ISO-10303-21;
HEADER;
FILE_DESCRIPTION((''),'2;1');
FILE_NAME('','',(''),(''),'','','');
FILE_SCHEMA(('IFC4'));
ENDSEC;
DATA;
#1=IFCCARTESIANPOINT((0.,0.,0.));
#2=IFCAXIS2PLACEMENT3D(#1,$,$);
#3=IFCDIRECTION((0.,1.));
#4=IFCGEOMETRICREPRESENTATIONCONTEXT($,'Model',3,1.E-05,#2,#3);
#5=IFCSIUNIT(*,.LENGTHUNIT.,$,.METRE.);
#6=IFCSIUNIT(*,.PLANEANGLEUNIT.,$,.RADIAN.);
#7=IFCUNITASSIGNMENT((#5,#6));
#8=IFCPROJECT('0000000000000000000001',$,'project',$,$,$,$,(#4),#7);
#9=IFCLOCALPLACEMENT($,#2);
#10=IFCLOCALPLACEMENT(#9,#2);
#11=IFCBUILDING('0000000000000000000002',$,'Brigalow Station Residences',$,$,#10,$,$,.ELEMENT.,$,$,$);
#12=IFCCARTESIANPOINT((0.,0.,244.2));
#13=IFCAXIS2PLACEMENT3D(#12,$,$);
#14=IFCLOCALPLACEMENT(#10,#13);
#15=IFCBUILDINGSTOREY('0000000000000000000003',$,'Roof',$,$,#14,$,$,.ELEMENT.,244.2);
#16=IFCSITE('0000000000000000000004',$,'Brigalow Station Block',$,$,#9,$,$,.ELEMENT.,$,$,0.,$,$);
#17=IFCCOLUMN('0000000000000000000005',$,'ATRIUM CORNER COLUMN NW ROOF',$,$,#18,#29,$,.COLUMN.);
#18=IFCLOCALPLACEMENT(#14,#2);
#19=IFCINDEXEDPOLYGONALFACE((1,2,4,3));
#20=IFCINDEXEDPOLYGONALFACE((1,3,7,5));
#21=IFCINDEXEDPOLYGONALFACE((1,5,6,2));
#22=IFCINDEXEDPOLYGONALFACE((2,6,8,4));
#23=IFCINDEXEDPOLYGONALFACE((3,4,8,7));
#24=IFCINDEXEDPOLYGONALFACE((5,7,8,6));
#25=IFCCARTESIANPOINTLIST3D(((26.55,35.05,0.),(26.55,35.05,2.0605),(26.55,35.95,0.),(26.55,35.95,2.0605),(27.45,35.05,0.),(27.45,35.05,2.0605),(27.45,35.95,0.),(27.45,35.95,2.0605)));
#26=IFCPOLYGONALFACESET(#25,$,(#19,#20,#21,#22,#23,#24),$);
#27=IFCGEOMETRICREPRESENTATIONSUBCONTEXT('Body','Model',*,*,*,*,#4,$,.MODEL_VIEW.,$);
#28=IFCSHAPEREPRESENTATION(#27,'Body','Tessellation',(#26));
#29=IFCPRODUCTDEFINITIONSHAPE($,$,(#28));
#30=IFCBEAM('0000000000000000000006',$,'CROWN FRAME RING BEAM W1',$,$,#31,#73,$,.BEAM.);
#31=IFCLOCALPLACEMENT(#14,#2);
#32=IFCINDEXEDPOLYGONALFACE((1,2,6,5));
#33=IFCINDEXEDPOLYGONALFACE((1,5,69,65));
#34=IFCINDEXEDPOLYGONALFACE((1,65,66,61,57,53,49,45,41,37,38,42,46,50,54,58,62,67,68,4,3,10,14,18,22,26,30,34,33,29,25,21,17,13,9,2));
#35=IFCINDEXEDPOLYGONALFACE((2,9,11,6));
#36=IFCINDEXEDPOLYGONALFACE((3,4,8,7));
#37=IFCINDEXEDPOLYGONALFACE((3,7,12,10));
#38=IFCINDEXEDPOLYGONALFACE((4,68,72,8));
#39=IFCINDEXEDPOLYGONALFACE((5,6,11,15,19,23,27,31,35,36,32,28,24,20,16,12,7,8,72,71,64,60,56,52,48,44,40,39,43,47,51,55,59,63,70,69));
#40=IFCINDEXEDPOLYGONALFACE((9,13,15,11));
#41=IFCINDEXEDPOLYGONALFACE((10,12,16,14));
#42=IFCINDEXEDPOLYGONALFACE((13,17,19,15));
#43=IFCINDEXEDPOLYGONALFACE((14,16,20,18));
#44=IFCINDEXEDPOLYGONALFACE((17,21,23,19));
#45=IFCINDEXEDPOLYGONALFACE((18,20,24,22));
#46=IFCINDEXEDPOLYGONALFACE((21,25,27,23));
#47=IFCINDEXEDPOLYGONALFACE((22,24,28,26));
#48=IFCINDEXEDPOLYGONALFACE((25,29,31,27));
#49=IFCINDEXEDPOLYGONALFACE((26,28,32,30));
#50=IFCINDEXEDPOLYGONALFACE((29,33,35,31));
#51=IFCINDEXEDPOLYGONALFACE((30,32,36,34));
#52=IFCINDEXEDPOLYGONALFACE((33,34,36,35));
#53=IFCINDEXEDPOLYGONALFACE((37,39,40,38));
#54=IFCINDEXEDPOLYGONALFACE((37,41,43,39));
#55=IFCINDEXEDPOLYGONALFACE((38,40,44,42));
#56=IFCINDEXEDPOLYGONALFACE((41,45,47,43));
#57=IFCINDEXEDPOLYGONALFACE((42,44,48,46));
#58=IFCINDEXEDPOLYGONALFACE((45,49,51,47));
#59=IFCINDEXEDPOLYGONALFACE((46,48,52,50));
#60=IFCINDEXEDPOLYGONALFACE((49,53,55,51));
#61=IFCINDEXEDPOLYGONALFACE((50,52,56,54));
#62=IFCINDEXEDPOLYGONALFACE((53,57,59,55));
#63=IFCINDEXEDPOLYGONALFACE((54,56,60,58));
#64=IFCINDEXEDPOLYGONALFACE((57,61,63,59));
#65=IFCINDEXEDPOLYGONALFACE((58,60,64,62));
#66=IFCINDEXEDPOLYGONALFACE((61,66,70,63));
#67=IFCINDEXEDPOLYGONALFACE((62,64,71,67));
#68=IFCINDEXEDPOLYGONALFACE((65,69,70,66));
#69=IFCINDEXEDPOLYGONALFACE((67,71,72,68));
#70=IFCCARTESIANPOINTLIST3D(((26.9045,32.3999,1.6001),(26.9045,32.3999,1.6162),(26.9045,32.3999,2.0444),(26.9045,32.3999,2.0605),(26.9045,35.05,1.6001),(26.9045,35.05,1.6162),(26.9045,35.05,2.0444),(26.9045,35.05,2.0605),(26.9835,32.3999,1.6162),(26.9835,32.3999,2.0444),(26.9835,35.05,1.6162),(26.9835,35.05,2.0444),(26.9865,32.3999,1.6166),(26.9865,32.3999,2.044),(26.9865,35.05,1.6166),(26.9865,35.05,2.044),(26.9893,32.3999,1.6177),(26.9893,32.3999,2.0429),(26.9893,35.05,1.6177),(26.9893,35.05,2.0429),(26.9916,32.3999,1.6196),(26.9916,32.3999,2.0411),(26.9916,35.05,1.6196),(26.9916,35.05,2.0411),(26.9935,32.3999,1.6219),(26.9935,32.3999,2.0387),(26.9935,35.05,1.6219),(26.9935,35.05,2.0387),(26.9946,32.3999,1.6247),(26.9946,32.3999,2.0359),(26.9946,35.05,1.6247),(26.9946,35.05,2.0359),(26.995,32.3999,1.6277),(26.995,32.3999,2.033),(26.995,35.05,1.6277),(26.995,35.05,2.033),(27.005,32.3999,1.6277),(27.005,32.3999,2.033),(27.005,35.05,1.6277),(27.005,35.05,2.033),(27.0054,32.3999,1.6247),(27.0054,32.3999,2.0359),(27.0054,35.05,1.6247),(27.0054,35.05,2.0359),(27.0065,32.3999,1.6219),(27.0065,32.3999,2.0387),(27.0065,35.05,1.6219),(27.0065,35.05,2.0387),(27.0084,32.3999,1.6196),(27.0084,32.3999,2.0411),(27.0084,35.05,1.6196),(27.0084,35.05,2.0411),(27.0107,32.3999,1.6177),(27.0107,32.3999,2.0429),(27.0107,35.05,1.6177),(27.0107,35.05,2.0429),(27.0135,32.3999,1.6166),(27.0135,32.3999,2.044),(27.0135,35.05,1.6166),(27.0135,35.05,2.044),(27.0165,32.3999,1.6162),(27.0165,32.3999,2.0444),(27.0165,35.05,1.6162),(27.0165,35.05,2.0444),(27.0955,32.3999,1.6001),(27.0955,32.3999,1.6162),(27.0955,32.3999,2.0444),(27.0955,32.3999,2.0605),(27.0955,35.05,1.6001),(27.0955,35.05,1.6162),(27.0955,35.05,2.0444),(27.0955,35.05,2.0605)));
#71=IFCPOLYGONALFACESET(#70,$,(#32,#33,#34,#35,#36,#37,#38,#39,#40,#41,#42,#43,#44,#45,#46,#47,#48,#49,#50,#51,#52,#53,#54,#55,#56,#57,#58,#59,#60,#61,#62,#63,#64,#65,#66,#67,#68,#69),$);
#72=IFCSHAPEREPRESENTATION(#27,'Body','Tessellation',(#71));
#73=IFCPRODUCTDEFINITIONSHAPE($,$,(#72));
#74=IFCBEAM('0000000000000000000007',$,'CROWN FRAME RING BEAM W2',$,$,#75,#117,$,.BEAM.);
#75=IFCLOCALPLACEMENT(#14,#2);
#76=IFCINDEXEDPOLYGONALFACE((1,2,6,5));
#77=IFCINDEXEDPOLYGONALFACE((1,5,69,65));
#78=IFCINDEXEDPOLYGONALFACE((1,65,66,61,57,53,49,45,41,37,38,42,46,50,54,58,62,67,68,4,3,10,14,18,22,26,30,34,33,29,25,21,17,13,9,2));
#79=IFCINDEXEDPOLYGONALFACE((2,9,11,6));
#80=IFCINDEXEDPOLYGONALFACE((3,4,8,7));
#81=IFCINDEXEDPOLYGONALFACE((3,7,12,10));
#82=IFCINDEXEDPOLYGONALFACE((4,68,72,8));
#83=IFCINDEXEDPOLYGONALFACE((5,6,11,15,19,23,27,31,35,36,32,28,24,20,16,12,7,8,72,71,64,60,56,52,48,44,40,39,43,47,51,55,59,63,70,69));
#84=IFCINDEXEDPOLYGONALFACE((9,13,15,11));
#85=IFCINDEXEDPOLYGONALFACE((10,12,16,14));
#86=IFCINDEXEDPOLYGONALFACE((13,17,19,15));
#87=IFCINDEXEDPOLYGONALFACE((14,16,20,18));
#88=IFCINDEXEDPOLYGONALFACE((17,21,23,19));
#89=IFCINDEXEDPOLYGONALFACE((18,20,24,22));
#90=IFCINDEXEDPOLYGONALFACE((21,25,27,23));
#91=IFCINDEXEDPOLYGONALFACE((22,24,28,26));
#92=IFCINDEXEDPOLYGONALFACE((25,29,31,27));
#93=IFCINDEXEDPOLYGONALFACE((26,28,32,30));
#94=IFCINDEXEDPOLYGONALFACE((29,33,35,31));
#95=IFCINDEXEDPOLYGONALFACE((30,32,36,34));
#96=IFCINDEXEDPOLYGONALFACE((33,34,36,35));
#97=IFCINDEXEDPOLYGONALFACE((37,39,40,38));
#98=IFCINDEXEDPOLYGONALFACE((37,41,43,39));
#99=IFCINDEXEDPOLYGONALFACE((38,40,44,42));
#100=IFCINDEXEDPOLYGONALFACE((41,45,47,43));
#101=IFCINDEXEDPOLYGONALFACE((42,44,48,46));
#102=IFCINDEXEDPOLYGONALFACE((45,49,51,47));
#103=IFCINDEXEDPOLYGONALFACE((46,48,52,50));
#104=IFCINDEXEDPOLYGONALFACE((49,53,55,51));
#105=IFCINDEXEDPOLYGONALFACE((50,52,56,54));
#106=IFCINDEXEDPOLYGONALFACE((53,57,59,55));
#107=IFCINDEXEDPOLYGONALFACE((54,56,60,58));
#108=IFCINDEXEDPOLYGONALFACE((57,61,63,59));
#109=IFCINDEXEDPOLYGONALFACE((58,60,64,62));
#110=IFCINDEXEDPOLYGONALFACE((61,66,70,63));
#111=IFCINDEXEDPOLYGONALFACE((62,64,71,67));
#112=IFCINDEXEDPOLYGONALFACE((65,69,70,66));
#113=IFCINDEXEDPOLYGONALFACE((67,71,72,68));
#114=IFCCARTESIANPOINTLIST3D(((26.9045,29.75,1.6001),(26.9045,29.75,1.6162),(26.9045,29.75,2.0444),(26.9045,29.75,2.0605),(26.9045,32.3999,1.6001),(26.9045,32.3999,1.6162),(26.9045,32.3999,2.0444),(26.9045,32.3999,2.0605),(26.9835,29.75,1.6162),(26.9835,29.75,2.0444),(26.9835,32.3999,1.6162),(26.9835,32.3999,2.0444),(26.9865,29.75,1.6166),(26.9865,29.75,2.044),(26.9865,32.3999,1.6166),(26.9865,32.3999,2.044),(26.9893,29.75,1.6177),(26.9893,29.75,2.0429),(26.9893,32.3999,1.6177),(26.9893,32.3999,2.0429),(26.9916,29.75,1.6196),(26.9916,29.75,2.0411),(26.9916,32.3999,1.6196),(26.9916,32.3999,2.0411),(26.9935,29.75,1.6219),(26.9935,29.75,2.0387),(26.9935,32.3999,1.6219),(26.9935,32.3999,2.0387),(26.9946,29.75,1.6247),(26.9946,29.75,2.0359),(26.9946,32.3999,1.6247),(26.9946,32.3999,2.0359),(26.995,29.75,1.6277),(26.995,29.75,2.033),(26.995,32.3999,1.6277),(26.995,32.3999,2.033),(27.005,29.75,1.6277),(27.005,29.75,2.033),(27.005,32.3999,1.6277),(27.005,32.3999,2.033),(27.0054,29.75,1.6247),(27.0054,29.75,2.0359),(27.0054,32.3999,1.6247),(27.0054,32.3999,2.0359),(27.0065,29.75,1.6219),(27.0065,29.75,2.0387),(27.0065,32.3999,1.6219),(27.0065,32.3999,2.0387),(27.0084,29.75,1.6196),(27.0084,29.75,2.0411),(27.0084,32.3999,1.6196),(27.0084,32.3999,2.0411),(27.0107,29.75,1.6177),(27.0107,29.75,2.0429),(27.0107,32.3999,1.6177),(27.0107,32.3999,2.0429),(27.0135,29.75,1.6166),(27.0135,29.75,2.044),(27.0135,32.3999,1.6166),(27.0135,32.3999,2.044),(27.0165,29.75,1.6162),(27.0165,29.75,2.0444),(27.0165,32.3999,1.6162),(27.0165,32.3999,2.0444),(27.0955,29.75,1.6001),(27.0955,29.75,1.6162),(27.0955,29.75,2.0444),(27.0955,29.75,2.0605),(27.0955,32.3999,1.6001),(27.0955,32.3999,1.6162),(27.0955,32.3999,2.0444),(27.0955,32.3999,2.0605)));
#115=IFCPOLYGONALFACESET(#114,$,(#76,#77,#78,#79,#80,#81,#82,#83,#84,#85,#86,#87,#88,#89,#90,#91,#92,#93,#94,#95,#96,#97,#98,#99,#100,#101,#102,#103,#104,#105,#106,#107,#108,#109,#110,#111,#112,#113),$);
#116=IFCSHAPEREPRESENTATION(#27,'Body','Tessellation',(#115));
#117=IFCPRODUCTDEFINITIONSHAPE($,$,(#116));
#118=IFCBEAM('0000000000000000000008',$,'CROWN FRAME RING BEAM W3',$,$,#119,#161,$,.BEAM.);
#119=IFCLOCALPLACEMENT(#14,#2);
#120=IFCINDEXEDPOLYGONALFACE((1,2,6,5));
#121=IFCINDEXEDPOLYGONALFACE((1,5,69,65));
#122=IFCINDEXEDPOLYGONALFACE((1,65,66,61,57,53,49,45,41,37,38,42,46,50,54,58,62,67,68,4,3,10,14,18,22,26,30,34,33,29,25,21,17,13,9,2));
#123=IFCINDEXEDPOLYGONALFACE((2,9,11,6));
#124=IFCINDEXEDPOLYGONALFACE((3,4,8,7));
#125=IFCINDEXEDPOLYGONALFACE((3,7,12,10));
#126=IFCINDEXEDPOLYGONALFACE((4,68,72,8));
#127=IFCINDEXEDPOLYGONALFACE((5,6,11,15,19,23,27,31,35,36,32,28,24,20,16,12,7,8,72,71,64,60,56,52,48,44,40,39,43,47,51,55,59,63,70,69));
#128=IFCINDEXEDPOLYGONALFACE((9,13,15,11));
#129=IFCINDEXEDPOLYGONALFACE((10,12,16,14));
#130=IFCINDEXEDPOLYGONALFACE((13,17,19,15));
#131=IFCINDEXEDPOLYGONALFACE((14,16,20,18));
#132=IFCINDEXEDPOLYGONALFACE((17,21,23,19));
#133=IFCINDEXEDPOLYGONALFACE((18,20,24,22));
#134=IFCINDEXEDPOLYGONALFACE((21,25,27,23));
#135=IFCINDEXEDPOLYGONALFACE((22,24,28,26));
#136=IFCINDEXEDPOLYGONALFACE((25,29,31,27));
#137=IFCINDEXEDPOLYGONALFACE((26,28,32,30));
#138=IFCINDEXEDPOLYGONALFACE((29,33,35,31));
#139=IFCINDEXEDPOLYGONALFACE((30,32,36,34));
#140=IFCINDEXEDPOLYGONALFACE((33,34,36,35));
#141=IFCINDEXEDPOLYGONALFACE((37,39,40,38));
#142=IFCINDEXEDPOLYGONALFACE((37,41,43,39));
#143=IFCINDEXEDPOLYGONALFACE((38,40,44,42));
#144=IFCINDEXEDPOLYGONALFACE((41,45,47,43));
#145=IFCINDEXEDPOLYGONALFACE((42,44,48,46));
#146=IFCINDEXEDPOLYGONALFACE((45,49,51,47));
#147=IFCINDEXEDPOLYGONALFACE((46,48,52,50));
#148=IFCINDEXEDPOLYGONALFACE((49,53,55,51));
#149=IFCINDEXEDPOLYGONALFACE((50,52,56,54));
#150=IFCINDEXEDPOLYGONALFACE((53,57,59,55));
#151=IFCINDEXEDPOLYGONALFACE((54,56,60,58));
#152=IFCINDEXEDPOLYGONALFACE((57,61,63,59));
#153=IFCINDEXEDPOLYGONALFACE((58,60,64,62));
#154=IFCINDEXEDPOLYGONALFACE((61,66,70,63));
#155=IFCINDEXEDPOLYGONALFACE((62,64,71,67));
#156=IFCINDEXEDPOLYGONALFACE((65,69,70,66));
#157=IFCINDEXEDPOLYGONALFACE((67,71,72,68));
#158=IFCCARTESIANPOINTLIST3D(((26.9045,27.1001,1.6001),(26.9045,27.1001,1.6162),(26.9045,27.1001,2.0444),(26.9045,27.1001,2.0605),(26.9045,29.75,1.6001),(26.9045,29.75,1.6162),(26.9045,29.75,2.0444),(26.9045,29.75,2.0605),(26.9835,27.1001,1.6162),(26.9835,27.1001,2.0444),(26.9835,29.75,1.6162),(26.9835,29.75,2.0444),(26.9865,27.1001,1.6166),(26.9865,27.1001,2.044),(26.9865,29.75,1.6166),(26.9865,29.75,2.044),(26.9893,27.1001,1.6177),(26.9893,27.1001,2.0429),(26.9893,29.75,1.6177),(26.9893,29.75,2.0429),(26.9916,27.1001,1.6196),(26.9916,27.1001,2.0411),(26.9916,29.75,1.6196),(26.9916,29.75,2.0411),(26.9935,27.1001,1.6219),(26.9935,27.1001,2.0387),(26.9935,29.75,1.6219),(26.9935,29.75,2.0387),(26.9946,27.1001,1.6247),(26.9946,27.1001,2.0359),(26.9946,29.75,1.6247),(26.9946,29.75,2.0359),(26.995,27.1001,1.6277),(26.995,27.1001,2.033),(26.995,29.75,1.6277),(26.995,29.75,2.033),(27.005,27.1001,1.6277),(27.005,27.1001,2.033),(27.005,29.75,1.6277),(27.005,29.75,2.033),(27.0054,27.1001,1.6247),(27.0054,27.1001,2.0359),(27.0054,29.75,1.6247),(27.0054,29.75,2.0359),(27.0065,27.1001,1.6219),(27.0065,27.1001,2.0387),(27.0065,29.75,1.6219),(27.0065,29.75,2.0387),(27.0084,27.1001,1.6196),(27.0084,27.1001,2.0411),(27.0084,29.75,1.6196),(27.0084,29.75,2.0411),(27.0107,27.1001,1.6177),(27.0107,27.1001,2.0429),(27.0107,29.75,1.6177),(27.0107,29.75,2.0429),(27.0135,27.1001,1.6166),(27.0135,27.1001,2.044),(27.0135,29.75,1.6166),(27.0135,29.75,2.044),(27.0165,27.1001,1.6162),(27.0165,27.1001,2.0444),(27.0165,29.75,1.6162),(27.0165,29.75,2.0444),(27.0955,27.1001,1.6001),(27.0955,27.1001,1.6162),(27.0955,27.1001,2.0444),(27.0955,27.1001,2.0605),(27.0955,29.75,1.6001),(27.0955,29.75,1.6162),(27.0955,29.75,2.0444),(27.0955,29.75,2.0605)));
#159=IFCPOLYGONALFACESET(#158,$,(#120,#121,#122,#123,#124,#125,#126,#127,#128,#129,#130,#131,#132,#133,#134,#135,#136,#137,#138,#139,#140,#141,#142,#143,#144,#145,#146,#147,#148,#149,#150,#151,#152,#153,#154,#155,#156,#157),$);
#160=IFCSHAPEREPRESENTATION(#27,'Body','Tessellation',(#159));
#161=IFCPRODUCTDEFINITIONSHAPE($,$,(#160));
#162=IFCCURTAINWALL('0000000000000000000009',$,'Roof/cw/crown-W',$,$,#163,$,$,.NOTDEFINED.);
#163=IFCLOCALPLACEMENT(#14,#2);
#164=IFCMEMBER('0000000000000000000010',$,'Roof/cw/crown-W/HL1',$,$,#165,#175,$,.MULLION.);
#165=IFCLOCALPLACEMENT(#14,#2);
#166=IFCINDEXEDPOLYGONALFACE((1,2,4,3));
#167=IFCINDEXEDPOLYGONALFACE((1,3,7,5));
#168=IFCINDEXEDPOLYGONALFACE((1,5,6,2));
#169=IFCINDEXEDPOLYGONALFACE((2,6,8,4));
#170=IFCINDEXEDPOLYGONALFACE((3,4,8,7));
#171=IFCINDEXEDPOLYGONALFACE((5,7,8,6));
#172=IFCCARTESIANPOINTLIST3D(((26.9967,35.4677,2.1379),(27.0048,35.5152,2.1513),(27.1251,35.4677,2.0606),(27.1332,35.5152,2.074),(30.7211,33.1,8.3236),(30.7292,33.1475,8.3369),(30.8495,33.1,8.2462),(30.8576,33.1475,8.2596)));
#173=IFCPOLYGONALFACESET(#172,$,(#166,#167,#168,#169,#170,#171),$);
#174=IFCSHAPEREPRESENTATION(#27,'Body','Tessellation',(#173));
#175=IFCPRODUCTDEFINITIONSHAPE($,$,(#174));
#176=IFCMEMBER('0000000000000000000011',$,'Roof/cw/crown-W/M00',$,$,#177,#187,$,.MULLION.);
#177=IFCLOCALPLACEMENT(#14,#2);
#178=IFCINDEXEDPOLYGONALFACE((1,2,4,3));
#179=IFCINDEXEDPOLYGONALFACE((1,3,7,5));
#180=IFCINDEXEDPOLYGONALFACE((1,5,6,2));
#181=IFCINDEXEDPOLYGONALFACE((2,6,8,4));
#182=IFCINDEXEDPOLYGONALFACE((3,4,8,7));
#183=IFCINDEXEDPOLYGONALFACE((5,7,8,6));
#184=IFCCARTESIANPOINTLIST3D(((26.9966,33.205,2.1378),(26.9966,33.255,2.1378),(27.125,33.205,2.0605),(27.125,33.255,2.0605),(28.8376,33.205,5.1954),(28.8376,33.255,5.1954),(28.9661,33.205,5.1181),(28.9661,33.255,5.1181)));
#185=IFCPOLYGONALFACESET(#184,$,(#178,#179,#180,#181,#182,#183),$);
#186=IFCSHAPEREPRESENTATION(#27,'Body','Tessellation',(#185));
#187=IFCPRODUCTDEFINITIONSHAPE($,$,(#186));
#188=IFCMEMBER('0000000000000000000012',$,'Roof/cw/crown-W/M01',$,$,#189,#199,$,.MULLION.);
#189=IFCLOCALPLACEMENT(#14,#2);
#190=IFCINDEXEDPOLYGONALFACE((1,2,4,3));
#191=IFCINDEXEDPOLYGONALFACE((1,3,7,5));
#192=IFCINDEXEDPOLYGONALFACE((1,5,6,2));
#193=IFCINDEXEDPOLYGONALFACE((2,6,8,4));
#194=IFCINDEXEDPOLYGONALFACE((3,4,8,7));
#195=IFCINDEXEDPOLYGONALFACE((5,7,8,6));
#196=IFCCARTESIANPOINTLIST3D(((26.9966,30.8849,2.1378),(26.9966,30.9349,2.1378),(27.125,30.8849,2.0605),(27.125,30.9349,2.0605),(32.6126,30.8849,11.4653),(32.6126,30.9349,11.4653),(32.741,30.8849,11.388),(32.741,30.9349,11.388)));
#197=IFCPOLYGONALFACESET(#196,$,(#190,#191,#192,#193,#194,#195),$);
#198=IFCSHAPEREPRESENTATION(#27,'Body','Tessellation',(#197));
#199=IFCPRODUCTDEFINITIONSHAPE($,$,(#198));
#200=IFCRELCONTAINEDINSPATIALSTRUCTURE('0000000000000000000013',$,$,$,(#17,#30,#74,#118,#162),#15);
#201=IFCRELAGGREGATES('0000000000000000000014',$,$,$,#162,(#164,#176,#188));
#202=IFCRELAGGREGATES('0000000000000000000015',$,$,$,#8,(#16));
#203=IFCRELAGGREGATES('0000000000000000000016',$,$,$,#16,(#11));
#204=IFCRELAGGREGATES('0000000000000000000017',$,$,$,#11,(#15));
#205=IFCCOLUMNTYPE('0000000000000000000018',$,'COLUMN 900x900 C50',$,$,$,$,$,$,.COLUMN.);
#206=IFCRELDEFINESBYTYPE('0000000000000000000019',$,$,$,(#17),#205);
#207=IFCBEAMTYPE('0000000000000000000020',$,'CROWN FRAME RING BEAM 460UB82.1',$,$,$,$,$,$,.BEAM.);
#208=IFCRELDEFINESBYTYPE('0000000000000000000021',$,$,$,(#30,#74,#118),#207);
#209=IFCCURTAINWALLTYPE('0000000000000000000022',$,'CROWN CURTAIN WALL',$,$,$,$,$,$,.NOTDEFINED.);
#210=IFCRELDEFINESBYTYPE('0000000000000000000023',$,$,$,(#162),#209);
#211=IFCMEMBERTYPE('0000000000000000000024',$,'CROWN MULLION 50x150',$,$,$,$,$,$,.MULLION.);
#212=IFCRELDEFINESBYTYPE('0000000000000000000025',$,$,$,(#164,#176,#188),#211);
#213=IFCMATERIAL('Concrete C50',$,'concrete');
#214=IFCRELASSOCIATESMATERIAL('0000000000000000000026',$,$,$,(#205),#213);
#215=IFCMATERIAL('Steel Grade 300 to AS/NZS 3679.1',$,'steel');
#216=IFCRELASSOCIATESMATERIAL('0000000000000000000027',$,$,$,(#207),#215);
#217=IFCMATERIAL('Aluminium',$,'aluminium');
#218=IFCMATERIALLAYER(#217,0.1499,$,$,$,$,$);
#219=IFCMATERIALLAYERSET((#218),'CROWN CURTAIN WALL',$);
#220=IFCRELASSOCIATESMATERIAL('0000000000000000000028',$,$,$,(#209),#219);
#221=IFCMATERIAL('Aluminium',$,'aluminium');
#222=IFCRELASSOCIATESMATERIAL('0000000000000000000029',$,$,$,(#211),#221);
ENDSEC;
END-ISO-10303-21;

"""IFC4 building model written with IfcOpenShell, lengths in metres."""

from ifc_helpers import new_model, si_unit, direction, frame, origin, origin_2d, place, context, subcontext, project, spatial, rectangle, i_section, extrude, material, layer, layer_set, material_profile, profile_set, type_object, element, aggregate, save


model = new_model("IFC4")

# Units and contexts
model_context = context("Model", 3, precision=1e-05, world=origin(), true_north=direction((0.0, 1.0)))
body_context = subcontext(model_context, "Body", "Model", "MODEL_VIEW")
ifc_project = project(units=[si_unit("LENGTHUNIT", "METRE"), si_unit("PLANEANGLEUNIT", "RADIAN")], contexts=[model_context])

# Site, building, storey
site_placement = place(None, origin())
site = spatial("IfcSite", under=ifc_project, at=site_placement, Name="Brigalow Station Block", CompositionType="ELEMENT", RefElevation=0.0)
building_placement = place(site_placement, origin())
building = spatial("IfcBuilding", under=site, at=building_placement, Name="Brigalow Station Residences", CompositionType="ELEMENT")
storey_placement = place(building_placement, frame((0.0, 0.0, 244.2)))
storey = spatial("IfcBuildingStorey", under=building, at=storey_placement, Name="Roof", CompositionType="ELEMENT", Elevation=244.2)

# Column
ifc_material_1 = material(Name="Concrete C50", Category="concrete")
ifc_material_profile_1 = material_profile(ifc_material_1, rectangle(XDim=0.8999, YDim=0.8999, at=origin_2d()), Name="RC900x900")
ifc_profile_set_1 = profile_set([ifc_material_profile_1], Name="Concrete C50")
column_type = type_object("IfcColumnType", Name="COLUMN 900x900 C50", PredefinedType="COLUMN", material=ifc_profile_set_1)
column_placement = place(storey_placement, frame((27.0, 35.5, 0.0), z_axis=(0.0, 0.0, 1.0), x_axis=(1.0, 0.0, 0.0)))
element("IfcColumn", 1, at=column_placement, inside=storey, type_object=column_type, Name="ATRIUM CORNER COLUMN NW ROOF", PredefinedType="COLUMN", context=body_context, shape_type="SweptSolid", body=[
    extrude(rectangle(XDim=0.8999, YDim=0.8999, at=origin_2d()), origin(), (0.0, 0.0, 1.0), 2.0605),
])

# Beams
ifc_material_2 = material(Name="Steel Grade 300 to AS/NZS 3679.1", Category="steel")
ifc_material_profile_2 = material_profile(ifc_material_2, i_section(OverallWidth=0.1909, OverallDepth=0.4604, WebThickness=0.01, FlangeThickness=0.0161, FilletRadius=0.0115, at=origin_2d()), Name="460UB82.1")
ifc_profile_set_2 = profile_set([ifc_material_profile_2], Name="Steel Grade 300 to AS/NZS 3679.1")
beam_type_1 = type_object("IfcBeamType", Name="CROWN FRAME RING BEAM 460UB82.1", PredefinedType="BEAM", material=ifc_profile_set_2)
beam_1_placement = place(storey_placement, frame((27.0, 35.05, 1.8303), z_axis=(0.0, -1.0, 0.0), x_axis=(1.0, 0.0, 0.0)))
element("IfcBeam", 2, at=beam_1_placement, inside=storey, type_object=beam_type_1, Name="CROWN FRAME RING BEAM W1", PredefinedType="BEAM", context=body_context, shape_type="SweptSolid", body=[
    extrude(i_section(OverallWidth=0.1909, OverallDepth=0.4604, WebThickness=0.01, FlangeThickness=0.0161, FilletRadius=0.0115, at=origin_2d()), origin(), (0.0, 0.0, 1.0), 2.6501),
])
for number, where, z_axis, x_axis, name in (
    (3, (27.0, 32.3999, 1.8303), (0.0, -1.0, 0.0), (1.0, 0.0, 0.0), "CROWN FRAME RING BEAM W2"),
    (4, (27.0, 29.75, 1.8303), (0.0, -1.0, 0.0), (1.0, 0.0, 0.0), "CROWN FRAME RING BEAM W3"),
):
    element("IfcBeam", number, at=place(storey_placement, frame(where, z_axis=z_axis, x_axis=x_axis)), inside=storey, type_object=beam_type_1, Name=name, PredefinedType="BEAM", context=body_context, shape_type="SweptSolid", body=[
        extrude(i_section(OverallWidth=0.1909, OverallDepth=0.4604, WebThickness=0.01, FlangeThickness=0.0161, FilletRadius=0.0115, at=origin_2d()), origin(), (0.0, 0.0, 1.0), 2.6499),
    ])

# Curtain wall, members
ifc_material_3 = material(Name="Aluminium", Category="aluminium")
ifc_layer_1 = layer(ifc_material_3, 0.1499)
ifc_layer_set_1 = layer_set([ifc_layer_1], Name="CROWN CURTAIN WALL")
curtain_wall_type = type_object("IfcCurtainWallType", Name="CROWN CURTAIN WALL", PredefinedType="NOTDEFINED", material=ifc_layer_set_1)
curtain_wall_1_placement = place(storey_placement, origin())
curtain_wall_1 = element("IfcCurtainWall", 5, at=curtain_wall_1_placement, inside=storey, type_object=curtain_wall_type, Name="Roof/cw/crown-W", PredefinedType="NOTDEFINED")
ifc_material_4 = material(Name="Aluminium", Category="aluminium")
ifc_material_profile_3 = material_profile(ifc_material_4, rectangle(XDim=0.05, YDim=0.1499, at=origin_2d()), Name="CROWN MULLION 50x150")
ifc_profile_set_3 = profile_set([ifc_material_profile_3], Name="Aluminium")
member_type_1 = type_object("IfcMemberType", Name="CROWN MULLION 50x150", PredefinedType="MULLION", material=ifc_profile_set_3)
member_1_placement = place(storey_placement, frame((27.0649, 35.4915, 2.106), z_axis=(0.490142, -0.311596, 0.814044), x_axis=(0.160707, 0.950215, 0.266956)))
member_1 = element("IfcMember", 6, at=member_1_placement, type_object=member_type_1, Name="Roof/cw/crown-W/HL1", PredefinedType="MULLION", context=body_context, shape_type="SweptSolid", body=[
    extrude(rectangle(XDim=0.05, YDim=0.1499, at=origin_2d()), origin(), (0.0, 0.0, 1.0), 7.5986),
])
member_2_placement = place(storey_placement, frame((27.0608, 33.23, 2.0991), z_axis=(0.515833, 0.0, 0.856689), x_axis=(0.0, 1.0, 0.0)))
member_2 = element("IfcMember", 7, at=member_2_placement, type_object=member_type_1, Name="Roof/cw/crown-W/M00", PredefinedType="MULLION", context=body_context, shape_type="SweptSolid", body=[
    extrude(rectangle(XDim=0.05, YDim=0.1499, at=origin_2d()), origin(), (0.0, 0.0, 1.0), 3.5691),
])
member_3_placement = place(storey_placement, frame((27.0608, 30.9099, 2.0991), z_axis=(0.515814, 0.0, 0.8567), x_axis=(0.0, 1.0, 0.0)))
member_3 = element("IfcMember", 8, at=member_3_placement, type_object=member_type_1, Name="Roof/cw/crown-W/M01", PredefinedType="MULLION", context=body_context, shape_type="SweptSolid", body=[
    extrude(rectangle(XDim=0.05, YDim=0.1499, at=origin_2d()), origin(), (0.0, 0.0, 1.0), 10.8877),
])

aggregate(curtain_wall_1, [member_1, member_2, member_3])

save(model, "model.ifc")
